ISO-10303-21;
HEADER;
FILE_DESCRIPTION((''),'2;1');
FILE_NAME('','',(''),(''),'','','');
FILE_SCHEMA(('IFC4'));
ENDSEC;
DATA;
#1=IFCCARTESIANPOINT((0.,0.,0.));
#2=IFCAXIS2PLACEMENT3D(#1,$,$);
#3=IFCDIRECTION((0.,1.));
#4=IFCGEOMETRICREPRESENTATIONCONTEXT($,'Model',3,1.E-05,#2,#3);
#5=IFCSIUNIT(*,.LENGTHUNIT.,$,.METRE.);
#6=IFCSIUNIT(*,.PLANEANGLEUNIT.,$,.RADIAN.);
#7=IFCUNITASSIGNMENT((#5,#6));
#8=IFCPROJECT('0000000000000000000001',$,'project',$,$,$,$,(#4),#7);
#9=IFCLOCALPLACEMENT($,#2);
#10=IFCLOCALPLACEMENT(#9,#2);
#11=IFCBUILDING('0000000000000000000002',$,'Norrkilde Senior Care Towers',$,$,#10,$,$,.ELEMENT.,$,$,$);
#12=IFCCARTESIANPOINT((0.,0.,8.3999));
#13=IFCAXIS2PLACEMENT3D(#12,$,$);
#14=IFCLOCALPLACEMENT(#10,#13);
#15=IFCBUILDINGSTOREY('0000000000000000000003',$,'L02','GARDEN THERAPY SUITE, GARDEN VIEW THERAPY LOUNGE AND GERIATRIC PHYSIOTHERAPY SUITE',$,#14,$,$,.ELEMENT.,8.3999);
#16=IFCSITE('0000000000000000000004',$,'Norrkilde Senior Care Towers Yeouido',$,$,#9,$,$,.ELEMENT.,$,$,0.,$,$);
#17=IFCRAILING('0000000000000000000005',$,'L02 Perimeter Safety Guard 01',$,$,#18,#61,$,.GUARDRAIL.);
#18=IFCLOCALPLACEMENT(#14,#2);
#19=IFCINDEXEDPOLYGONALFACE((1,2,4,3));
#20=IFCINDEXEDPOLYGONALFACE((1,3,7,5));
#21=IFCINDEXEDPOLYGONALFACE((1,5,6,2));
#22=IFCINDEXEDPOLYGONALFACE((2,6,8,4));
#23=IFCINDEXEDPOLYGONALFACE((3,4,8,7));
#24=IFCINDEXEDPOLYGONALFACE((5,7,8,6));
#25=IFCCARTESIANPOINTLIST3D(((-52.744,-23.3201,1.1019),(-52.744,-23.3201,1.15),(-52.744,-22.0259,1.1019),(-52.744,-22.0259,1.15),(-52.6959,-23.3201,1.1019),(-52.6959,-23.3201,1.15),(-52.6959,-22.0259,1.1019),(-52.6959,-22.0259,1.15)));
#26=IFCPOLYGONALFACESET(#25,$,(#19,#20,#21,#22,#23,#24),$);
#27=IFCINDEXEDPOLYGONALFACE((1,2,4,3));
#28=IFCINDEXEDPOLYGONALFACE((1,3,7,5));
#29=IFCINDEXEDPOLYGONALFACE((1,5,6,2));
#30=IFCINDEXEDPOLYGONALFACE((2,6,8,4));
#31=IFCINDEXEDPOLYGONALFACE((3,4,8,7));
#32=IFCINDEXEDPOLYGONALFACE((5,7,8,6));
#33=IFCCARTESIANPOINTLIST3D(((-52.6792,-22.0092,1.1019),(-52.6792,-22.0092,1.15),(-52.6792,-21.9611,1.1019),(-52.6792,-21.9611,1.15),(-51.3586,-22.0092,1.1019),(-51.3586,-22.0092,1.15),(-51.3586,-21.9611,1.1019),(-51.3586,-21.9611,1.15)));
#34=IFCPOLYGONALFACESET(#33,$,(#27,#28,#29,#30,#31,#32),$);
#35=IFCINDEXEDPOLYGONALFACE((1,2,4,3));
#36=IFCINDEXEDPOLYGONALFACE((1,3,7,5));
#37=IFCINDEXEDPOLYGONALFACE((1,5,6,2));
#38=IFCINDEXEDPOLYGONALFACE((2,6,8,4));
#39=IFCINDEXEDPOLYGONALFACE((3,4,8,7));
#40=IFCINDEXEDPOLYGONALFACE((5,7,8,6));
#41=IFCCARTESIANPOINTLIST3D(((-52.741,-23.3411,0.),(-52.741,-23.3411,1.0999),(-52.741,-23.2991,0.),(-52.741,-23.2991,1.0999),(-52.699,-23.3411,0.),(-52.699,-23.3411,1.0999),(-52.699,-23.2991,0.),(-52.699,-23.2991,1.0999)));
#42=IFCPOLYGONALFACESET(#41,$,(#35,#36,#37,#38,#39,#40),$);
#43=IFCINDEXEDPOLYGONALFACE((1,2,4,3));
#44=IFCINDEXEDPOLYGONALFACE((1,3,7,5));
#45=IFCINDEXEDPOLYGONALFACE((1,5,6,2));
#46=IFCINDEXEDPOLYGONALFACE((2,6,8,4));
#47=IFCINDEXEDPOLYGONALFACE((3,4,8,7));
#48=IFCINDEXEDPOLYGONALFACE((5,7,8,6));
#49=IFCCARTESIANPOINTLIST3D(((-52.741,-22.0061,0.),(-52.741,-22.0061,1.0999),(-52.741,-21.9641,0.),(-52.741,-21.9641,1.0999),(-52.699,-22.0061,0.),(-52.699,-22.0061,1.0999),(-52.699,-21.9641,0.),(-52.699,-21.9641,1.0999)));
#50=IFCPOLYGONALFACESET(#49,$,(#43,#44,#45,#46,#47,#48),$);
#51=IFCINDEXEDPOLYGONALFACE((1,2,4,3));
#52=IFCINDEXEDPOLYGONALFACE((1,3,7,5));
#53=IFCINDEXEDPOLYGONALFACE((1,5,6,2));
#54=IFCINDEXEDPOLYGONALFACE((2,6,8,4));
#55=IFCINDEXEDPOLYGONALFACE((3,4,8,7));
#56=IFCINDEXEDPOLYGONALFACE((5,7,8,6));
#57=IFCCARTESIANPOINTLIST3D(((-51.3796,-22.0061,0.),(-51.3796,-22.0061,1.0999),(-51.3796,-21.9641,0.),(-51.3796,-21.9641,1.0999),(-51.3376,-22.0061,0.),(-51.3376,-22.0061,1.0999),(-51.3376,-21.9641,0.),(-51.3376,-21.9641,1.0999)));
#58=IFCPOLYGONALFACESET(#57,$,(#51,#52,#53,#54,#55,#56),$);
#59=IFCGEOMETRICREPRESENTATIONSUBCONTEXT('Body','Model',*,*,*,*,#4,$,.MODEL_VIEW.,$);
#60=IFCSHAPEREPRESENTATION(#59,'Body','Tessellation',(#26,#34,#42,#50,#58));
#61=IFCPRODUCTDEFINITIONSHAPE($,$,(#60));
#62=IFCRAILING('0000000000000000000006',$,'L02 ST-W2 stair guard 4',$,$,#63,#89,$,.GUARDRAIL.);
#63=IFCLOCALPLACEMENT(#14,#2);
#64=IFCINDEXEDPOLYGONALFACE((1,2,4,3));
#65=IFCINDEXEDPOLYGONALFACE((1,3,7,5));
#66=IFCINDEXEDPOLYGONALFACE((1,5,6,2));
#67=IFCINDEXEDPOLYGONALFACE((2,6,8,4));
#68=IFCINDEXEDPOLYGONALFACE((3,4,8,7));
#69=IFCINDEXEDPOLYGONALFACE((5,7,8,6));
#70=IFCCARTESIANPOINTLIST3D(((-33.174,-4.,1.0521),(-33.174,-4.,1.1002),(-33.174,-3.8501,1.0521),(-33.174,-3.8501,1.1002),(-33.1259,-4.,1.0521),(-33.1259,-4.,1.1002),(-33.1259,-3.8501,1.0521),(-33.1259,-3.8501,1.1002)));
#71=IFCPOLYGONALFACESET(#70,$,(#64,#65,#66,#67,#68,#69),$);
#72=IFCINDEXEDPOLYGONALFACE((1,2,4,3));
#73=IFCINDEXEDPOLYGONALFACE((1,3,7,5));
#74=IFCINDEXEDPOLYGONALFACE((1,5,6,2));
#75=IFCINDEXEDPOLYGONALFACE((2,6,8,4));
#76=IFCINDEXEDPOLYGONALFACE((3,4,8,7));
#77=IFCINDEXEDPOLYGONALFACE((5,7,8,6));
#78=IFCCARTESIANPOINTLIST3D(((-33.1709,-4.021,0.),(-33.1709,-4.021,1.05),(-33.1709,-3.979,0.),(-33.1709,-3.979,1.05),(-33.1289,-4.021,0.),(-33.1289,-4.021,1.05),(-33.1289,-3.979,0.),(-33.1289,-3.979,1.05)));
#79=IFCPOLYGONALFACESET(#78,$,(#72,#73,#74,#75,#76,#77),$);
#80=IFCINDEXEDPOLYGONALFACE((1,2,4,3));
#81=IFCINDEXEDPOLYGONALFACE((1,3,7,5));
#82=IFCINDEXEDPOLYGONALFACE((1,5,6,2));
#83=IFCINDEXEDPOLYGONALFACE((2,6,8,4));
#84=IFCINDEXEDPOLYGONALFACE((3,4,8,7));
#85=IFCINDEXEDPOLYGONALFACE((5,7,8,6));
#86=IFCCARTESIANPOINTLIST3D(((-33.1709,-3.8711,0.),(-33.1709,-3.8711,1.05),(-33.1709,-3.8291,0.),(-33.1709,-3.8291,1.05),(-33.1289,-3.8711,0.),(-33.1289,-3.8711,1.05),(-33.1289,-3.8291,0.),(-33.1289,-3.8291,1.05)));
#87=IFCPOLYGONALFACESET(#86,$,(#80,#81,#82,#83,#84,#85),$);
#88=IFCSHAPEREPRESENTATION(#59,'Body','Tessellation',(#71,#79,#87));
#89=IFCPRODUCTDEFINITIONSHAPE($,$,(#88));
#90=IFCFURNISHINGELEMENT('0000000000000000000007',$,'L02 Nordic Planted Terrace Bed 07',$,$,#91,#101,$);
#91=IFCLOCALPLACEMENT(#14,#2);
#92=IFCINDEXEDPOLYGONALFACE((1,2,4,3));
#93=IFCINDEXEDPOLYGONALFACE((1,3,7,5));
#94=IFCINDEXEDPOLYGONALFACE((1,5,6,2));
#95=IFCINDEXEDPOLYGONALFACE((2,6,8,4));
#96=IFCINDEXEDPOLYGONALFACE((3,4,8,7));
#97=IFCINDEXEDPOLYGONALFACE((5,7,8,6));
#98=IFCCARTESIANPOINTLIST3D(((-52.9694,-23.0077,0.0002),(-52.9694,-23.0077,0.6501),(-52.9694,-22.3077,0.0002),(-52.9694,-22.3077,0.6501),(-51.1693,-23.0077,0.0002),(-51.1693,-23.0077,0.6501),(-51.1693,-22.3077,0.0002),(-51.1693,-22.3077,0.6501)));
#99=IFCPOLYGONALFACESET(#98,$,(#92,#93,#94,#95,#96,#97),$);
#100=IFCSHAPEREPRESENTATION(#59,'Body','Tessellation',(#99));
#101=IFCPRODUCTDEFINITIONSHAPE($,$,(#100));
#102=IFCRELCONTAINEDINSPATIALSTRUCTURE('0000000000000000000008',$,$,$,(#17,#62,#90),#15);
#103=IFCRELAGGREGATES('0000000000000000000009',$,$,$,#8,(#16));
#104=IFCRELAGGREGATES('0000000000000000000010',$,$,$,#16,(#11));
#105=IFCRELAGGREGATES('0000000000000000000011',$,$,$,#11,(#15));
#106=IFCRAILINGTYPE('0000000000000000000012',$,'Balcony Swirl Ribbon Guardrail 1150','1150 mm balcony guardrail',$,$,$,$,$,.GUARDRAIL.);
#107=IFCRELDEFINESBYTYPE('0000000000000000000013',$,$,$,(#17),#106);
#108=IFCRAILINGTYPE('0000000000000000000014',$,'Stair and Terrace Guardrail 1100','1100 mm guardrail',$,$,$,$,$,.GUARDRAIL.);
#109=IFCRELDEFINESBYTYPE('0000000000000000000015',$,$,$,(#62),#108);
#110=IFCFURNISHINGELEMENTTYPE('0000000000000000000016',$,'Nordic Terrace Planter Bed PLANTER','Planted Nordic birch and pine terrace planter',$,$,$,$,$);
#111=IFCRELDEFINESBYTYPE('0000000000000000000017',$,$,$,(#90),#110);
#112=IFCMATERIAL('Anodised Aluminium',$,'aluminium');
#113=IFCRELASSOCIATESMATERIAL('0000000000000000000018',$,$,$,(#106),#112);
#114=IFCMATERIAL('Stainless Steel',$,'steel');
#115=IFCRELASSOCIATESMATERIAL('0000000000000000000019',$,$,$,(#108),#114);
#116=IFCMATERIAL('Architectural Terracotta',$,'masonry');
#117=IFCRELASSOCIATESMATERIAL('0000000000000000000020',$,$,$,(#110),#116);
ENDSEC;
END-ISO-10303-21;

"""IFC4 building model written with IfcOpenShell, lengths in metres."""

from ifc_helpers import new_model, si_unit, direction, frame, origin, origin_2d, place, context, subcontext, project, spatial, rectangle, extrude, source, transform, mapped, material, type_object, type_shapes, element, save


model = new_model("IFC4")

# Units and contexts
model_context = context("Model", 3, precision=1e-05, world=origin(), true_north=direction((0.0, 1.0)))
body_context = subcontext(model_context, "Body", "Model", "MODEL_VIEW")
ifc_project = project(units=[si_unit("LENGTHUNIT", "METRE"), si_unit("PLANEANGLEUNIT", "RADIAN")], contexts=[model_context])

# Site, building, storey
site_placement = place(None, origin())
site = spatial("IfcSite", under=ifc_project, at=site_placement, Name="Norrkilde Senior Care Towers Yeouido", CompositionType="ELEMENT", RefElevation=0.0)
building_placement = place(site_placement, origin())
building = spatial("IfcBuilding", under=site, at=building_placement, Name="Norrkilde Senior Care Towers", CompositionType="ELEMENT")
storey_placement = place(building_placement, frame((0.0, 0.0, 8.3999)))
storey = spatial("IfcBuildingStorey", under=building, at=storey_placement, Name="L02", Description="GARDEN THERAPY SUITE, GARDEN VIEW THERAPY LOUNGE AND GERIATRIC PHYSIOTHERAPY SUITE", CompositionType="ELEMENT", Elevation=8.3999)

# Railings
ifc_material_1 = material(Name="Anodised Aluminium", Category="aluminium")
railing_type_1 = type_object("IfcRailingType", Name="Balcony Swirl Ribbon Guardrail 1150", Description="1150 mm balcony guardrail", PredefinedType="GUARDRAIL", material=ifc_material_1)
railing_1_placement = place(storey_placement, frame((-52.72, -23.3201, 0.0)))
element("IfcRailing", 1, at=railing_1_placement, inside=storey, type_object=railing_type_1, Name="L02 Perimeter Safety Guard 01", PredefinedType="GUARDRAIL", context=body_context, shape_type="SweptSolid", body=[
    extrude(rectangle(XDim=0.0481, YDim=0.0481, at=origin_2d()), frame((0.0, 0.0, 1.126), z_axis=(0.0, 1.0, 0.0), x_axis=(-1.0, 0.0, 0.0)), (0.0, 0.0, 1.0), 1.2942),
    extrude(rectangle(XDim=0.0481, YDim=0.0481, at=origin_2d()), frame((0.0408, 1.335, 1.126), z_axis=(1.0, 0.0, 0.0), x_axis=(0.0, 1.0, 0.0)), (0.0, 0.0, 1.0), 1.3206),
    extrude(rectangle(XDim=0.042, YDim=0.042, at=origin_2d()), origin(), (0.0, 0.0, 1.0), 1.0999),
    extrude(rectangle(XDim=0.042, YDim=0.042, at=origin_2d()), frame((0.0, 1.335, 0.0)), (0.0, 0.0, 1.0), 1.0999),
    extrude(rectangle(XDim=0.042, YDim=0.042, at=origin_2d()), frame((1.3613, 1.335, 0.0)), (0.0, 0.0, 1.0), 1.0999),
])
ifc_material_2 = material(Name="Stainless Steel", Category="steel")
railing_type_2 = type_object("IfcRailingType", Name="Stair and Terrace Guardrail 1100", Description="1100 mm guardrail", PredefinedType="GUARDRAIL", material=ifc_material_2)
railing_2_placement = place(storey_placement, frame((-33.1499, -4.0, 0.0)))
element("IfcRailing", 2, at=railing_2_placement, inside=storey, type_object=railing_type_2, Name="L02 ST-W2 stair guard 4", PredefinedType="GUARDRAIL", context=body_context, shape_type="SweptSolid", body=[
    extrude(rectangle(XDim=0.0481, YDim=0.0481, at=origin_2d()), frame((0.0, 0.0, 1.0762), z_axis=(0.0, 1.0, 0.0), x_axis=(-1.0, 0.0, 0.0)), (0.0, 0.0, 1.0), 0.1499),
    extrude(rectangle(XDim=0.042, YDim=0.042, at=origin_2d()), origin(), (0.0, 0.0, 1.0), 1.05),
    extrude(rectangle(XDim=0.042, YDim=0.042, at=origin_2d()), frame((0.0, 0.1499, 0.0)), (0.0, 0.0, 1.0), 1.05),
])

# Furnishing element
ifc_material_3 = material(Name="Architectural Terracotta", Category="masonry")
furnishing_element_type = type_object("IfcFurnishingElementType", Name="Nordic Terrace Planter Bed PLANTER", Description="Planted Nordic birch and pine terrace planter", material=ifc_material_3)
shared_shape_1 = source(origin(), body_context, "Body", "SweptSolid", [
    extrude(rectangle(XDim=1.8, YDim=0.7, at=origin_2d()), origin(), (0.0, 0.0, 1.0), 0.6499),
])
type_shapes(furnishing_element_type, [shared_shape_1])
furnishing_placement = place(storey_placement, frame((-52.0693, -22.6577, 0.0002), z_axis=(0.0, 0.0, 1.0), x_axis=(1.0, 0.0, 0.0)))
element("IfcFurnishingElement", 3, at=furnishing_placement, inside=storey, type_object=furnishing_element_type, Name="L02 Nordic Planted Terrace Bed 07", context=body_context, shape_type="MappedRepresentation", body=[
    mapped(shared_shape_1, transform((0.0, 0.0, 0.0), x_axis=(1.0, 0.0, 0.0), y_axis=(0.0, 1.0, 0.0), z_axis=(0.0, 0.0, 1.0), scale=1.0)),
])

save(model, "model.ifc")
